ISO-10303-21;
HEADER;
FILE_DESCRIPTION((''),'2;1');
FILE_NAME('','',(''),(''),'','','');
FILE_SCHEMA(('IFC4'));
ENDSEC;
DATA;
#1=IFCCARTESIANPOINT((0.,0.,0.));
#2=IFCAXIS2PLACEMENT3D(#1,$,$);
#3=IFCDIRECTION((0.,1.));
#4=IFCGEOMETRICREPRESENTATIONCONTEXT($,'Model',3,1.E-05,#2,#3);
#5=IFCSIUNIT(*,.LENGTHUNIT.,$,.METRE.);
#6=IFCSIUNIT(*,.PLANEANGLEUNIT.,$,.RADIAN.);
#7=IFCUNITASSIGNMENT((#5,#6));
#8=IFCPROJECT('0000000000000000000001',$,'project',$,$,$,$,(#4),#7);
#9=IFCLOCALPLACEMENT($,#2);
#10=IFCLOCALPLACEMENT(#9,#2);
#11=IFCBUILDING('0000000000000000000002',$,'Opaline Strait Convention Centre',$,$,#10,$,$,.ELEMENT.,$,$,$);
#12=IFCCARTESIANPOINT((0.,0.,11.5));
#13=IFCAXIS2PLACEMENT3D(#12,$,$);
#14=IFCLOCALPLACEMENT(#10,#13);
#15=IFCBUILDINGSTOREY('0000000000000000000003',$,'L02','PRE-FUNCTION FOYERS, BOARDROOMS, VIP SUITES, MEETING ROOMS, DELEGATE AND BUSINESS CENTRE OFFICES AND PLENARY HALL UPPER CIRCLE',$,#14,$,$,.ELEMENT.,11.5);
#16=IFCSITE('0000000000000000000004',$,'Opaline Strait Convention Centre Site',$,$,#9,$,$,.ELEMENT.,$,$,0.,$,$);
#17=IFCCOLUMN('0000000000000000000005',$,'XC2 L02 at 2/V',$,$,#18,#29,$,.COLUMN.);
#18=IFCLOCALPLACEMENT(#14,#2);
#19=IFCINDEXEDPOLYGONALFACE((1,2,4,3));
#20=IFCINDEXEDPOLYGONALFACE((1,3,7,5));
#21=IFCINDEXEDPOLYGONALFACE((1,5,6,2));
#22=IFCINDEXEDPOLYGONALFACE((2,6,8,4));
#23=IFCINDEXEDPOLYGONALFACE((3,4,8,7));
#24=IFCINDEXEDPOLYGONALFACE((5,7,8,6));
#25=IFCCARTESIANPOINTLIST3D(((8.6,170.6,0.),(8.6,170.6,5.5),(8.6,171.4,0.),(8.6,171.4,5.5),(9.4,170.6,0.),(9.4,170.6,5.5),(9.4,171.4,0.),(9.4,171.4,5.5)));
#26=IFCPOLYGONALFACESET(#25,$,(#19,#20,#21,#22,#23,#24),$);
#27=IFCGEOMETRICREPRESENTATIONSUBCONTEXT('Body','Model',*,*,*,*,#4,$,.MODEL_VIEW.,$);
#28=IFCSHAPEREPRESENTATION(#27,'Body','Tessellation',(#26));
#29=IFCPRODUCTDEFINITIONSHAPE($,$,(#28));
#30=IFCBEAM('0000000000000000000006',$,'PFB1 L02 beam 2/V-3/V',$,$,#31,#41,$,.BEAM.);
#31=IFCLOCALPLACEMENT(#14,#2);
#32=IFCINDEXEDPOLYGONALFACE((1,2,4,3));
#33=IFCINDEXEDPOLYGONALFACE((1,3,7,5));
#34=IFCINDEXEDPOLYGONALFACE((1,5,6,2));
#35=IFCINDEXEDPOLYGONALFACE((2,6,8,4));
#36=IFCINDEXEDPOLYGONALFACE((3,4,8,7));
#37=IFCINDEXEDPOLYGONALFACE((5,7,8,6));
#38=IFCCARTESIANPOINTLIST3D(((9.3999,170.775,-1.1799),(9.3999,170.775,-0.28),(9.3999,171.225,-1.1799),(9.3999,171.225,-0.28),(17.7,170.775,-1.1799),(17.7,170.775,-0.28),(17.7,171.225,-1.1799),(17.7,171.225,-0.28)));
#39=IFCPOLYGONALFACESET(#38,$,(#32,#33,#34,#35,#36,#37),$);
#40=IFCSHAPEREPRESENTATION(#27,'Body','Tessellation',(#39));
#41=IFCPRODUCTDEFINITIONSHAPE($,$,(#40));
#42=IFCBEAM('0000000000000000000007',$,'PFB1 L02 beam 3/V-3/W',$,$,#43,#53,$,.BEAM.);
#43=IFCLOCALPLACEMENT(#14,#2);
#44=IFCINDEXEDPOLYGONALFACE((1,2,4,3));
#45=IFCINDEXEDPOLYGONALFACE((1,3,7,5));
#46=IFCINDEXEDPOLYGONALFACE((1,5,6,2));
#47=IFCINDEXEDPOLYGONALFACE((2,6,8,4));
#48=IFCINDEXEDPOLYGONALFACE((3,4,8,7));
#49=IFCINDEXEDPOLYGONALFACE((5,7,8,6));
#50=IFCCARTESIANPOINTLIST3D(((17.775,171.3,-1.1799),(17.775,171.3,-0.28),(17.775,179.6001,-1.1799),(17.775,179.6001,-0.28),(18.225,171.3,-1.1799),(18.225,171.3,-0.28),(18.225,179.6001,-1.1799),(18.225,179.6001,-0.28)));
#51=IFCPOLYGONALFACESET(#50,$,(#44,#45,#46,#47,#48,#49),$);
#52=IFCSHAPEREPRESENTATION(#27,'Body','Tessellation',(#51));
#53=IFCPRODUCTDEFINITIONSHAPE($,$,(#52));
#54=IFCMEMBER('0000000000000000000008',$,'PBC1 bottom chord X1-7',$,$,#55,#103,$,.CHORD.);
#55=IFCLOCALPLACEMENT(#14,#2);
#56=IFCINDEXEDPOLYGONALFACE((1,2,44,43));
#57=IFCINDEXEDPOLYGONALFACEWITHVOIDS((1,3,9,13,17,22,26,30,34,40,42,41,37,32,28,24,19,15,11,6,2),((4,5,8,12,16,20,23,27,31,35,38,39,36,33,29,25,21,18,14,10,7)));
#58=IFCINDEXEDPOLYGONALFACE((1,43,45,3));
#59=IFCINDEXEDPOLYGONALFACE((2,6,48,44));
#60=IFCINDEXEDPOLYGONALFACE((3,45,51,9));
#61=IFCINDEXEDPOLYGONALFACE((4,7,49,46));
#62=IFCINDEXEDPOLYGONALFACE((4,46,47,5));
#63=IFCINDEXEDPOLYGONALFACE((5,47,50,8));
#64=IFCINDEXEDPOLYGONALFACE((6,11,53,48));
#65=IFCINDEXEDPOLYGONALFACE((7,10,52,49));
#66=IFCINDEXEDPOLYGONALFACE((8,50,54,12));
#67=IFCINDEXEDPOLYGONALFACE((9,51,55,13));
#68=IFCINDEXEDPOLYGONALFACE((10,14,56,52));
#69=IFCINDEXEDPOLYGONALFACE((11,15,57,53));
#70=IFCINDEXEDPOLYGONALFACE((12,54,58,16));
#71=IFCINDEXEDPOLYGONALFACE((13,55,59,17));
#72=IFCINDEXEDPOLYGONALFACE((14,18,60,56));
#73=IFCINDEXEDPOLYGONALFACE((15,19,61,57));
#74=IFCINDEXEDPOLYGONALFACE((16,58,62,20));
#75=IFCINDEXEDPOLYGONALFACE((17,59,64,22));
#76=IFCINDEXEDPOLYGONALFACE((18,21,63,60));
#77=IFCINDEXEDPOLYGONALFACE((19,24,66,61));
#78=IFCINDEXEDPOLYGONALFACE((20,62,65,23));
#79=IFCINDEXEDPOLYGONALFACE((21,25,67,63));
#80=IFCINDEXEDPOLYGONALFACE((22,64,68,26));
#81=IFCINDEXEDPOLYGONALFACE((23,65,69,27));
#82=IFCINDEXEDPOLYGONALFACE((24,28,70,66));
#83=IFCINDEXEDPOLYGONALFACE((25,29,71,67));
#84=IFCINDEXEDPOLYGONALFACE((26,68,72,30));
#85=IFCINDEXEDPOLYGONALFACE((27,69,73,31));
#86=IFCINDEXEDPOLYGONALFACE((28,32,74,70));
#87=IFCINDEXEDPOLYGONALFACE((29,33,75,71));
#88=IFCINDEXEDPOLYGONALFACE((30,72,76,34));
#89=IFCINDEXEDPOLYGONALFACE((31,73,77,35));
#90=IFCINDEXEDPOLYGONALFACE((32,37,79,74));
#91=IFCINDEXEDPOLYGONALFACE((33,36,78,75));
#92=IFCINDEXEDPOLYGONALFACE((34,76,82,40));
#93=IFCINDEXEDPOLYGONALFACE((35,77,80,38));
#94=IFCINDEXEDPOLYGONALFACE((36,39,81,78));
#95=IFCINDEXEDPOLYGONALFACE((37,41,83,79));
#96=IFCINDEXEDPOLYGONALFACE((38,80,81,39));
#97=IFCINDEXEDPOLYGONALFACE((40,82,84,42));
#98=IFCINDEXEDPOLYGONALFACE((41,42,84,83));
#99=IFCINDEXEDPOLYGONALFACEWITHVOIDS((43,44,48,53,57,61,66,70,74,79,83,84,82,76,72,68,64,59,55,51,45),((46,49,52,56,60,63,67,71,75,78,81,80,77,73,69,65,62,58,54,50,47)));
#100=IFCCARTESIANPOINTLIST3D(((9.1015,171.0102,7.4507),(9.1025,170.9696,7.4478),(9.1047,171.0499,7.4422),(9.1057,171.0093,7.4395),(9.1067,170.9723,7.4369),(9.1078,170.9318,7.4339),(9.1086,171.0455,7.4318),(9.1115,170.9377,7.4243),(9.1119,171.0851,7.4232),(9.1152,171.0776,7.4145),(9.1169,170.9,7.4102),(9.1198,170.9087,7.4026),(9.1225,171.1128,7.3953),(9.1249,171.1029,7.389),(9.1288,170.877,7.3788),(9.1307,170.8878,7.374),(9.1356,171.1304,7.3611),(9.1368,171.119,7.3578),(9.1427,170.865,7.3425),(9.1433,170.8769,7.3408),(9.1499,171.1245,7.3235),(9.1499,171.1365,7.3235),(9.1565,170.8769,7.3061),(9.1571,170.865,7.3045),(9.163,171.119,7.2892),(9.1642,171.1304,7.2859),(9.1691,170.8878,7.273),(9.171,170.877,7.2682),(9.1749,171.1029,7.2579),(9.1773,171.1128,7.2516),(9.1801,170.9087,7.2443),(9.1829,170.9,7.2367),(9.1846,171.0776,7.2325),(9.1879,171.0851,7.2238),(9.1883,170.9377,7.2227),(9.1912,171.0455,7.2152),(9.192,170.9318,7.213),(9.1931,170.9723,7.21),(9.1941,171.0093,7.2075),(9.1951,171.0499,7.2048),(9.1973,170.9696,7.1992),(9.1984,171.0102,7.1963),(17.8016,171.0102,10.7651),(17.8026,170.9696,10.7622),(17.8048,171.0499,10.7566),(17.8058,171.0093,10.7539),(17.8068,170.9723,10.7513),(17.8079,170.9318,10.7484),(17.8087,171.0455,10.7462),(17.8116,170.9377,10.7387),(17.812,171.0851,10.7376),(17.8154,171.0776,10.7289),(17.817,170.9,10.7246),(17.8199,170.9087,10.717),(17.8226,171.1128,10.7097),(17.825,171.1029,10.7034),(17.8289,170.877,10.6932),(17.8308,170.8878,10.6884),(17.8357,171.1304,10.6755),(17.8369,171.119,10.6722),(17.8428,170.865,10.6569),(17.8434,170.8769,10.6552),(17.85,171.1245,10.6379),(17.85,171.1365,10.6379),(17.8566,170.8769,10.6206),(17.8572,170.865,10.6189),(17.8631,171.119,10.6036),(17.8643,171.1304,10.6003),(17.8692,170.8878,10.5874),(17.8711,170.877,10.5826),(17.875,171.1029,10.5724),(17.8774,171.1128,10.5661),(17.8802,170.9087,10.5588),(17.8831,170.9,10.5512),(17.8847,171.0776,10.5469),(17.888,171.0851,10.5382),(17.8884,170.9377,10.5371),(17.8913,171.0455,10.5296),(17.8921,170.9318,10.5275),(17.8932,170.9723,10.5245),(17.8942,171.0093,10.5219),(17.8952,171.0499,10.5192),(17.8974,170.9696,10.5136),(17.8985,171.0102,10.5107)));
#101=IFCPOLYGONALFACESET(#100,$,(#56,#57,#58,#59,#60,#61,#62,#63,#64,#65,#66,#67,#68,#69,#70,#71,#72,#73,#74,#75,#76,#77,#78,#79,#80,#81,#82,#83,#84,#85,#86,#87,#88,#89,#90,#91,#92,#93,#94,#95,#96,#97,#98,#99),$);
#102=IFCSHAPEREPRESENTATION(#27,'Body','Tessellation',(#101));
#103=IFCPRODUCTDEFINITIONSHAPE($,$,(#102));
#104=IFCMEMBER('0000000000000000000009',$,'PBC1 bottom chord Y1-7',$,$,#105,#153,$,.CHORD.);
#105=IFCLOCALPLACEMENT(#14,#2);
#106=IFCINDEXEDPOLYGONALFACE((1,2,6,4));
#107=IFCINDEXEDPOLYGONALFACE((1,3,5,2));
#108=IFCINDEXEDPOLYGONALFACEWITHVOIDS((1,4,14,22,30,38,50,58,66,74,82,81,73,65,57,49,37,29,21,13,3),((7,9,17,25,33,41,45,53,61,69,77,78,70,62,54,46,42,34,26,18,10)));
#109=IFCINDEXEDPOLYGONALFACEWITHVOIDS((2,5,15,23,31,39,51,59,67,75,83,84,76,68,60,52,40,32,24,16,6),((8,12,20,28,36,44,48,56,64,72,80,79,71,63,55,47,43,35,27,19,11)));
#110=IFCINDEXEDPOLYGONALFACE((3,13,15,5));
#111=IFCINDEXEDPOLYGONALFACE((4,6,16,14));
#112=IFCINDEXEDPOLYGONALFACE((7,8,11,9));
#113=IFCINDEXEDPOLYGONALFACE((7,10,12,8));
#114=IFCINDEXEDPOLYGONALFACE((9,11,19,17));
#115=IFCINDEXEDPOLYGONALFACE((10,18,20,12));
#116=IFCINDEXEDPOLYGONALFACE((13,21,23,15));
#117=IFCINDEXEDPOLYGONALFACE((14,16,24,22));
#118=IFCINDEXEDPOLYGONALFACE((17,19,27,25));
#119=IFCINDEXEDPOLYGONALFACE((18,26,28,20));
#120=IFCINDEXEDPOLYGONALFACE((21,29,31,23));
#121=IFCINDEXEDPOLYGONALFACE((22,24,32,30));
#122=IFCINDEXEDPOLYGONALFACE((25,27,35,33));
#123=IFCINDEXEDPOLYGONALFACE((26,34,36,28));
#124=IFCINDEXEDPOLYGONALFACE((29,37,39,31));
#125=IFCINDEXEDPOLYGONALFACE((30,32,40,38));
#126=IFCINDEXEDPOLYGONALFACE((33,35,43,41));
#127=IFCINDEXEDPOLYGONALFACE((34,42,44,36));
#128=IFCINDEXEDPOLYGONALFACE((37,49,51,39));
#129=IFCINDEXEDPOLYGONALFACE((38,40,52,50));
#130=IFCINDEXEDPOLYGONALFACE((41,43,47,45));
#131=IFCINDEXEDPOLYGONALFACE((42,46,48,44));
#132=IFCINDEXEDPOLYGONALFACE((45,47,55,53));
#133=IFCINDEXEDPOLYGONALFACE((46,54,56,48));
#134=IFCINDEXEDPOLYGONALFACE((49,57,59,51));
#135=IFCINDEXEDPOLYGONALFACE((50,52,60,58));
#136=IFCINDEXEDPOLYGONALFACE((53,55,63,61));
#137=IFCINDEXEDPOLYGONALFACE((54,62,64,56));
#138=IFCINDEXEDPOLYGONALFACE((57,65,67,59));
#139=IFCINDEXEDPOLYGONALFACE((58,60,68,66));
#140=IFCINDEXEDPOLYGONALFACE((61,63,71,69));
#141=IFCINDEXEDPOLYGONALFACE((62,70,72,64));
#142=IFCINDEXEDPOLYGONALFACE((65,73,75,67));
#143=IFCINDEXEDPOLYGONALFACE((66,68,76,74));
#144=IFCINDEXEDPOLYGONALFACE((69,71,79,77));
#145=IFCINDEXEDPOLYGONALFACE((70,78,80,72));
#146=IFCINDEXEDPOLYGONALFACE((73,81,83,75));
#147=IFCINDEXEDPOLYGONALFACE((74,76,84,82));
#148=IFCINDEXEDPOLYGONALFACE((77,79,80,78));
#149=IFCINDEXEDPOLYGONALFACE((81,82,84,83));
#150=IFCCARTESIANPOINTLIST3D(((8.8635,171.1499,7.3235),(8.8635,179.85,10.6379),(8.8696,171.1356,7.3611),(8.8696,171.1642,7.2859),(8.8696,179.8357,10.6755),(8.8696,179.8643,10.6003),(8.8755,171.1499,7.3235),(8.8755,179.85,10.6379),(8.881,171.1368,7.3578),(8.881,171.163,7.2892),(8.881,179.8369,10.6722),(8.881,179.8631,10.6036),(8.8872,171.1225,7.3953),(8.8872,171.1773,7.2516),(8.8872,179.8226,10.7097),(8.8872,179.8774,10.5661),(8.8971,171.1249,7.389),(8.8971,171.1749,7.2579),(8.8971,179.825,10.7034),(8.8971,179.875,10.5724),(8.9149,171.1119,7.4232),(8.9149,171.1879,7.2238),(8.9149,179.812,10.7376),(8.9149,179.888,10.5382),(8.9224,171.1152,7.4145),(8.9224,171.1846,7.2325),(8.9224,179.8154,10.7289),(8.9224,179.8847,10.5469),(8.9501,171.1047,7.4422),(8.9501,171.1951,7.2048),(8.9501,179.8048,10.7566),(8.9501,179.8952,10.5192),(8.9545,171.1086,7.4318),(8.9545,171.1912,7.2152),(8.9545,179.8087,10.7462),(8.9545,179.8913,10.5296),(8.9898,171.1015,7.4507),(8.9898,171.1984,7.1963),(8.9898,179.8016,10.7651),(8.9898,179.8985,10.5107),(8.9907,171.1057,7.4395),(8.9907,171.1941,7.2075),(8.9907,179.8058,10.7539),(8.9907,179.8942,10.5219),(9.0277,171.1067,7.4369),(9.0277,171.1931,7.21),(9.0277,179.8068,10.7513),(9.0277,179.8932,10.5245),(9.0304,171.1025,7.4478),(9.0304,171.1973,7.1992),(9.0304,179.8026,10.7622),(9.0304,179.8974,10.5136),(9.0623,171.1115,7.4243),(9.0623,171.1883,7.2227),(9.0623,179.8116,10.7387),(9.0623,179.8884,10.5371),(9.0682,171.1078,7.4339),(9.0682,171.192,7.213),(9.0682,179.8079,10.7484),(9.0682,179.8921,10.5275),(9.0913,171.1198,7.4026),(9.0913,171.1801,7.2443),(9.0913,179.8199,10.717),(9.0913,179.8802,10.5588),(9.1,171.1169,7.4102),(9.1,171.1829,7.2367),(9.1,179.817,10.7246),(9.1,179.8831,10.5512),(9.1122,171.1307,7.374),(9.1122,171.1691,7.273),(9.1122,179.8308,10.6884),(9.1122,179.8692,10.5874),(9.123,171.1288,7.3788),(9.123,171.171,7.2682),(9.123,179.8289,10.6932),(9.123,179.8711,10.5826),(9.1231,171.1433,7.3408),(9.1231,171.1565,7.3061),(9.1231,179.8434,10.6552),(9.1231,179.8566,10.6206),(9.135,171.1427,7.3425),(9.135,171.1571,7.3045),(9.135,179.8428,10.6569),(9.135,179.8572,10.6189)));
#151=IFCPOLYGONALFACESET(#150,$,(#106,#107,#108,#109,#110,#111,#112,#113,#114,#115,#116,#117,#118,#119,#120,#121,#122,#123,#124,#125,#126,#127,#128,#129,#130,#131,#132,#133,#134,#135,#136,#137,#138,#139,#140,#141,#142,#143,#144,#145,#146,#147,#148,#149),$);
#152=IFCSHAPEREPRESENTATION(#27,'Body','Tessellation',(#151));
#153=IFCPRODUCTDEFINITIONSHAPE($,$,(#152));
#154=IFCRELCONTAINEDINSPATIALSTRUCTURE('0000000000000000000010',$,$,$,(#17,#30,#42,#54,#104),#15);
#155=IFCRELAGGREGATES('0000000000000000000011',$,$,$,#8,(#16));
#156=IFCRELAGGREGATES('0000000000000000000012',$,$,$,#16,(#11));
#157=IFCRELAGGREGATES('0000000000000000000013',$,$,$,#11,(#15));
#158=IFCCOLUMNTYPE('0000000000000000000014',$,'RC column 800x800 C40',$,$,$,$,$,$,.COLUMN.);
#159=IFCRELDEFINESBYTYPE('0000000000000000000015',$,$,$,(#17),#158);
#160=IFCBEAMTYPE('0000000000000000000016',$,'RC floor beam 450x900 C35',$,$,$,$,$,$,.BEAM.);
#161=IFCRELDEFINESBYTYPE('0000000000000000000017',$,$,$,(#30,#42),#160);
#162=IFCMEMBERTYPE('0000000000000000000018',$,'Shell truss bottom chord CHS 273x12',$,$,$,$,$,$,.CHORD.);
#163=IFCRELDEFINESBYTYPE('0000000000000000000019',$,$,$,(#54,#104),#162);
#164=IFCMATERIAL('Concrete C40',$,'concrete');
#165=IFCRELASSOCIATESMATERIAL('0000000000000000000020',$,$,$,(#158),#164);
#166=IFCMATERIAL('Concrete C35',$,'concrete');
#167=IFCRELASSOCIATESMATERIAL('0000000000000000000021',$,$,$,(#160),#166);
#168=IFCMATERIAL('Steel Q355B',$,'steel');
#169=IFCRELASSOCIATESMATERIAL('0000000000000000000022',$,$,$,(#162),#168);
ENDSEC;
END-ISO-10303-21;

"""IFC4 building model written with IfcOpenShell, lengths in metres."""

from ifc_helpers import new_model, si_unit, direction, frame, origin, origin_2d, place, context, subcontext, project, spatial, rectangle, hollow_circle, extrude, material, material_profile, profile_set, type_object, element, save


model = new_model("IFC4")

# Units and contexts
model_context = context("Model", 3, precision=1e-05, world=origin(), true_north=direction((0.0, 1.0)))
body_context = subcontext(model_context, "Body", "Model", "MODEL_VIEW")
ifc_project = project(units=[si_unit("LENGTHUNIT", "METRE"), si_unit("PLANEANGLEUNIT", "RADIAN")], contexts=[model_context])

# Site, building, storey
site_placement = place(None, origin())
site = spatial("IfcSite", under=ifc_project, at=site_placement, Name="Opaline Strait Convention Centre Site", CompositionType="ELEMENT", RefElevation=0.0)
building_placement = place(site_placement, origin())
building = spatial("IfcBuilding", under=site, at=building_placement, Name="Opaline Strait Convention Centre", CompositionType="ELEMENT")
storey_placement = place(building_placement, frame((0.0, 0.0, 11.5)))
storey = spatial("IfcBuildingStorey", under=building, at=storey_placement, Name="L02", Description="PRE-FUNCTION FOYERS, BOARDROOMS, VIP SUITES, MEETING ROOMS, DELEGATE AND BUSINESS CENTRE OFFICES AND PLENARY HALL UPPER CIRCLE", CompositionType="ELEMENT", Elevation=11.5)

# Column
ifc_material_1 = material(Name="Concrete C40", Category="concrete")
ifc_material_profile_1 = material_profile(ifc_material_1, rectangle(XDim=0.8, YDim=0.8, at=origin_2d()), Name="RC 800x800")
ifc_profile_set_1 = profile_set([ifc_material_profile_1], Name="Concrete C40")
column_type = type_object("IfcColumnType", Name="RC column 800x800 C40", PredefinedType="COLUMN", material=ifc_profile_set_1)
column_placement = place(storey_placement, frame((9.0, 171.0, 0.0), z_axis=(0.0, 0.0, 1.0), x_axis=(1.0, 0.0, 0.0)))
element("IfcColumn", 1, at=column_placement, inside=storey, type_object=column_type, Name="XC2 L02 at 2/V", PredefinedType="COLUMN", context=body_context, shape_type="SweptSolid", body=[
    extrude(rectangle(XDim=0.8, YDim=0.8, at=origin_2d()), origin(), (0.0, 0.0, 1.0), 5.5),
])

# Beams
ifc_material_2 = material(Name="Concrete C35", Category="concrete")
ifc_material_profile_2 = material_profile(ifc_material_2, rectangle(XDim=0.45, YDim=0.8999, at=origin_2d()), Name="RC 450x900")
ifc_profile_set_2 = profile_set([ifc_material_profile_2], Name="Concrete C35")
beam_type = type_object("IfcBeamType", Name="RC floor beam 450x900 C35", PredefinedType="BEAM", material=ifc_profile_set_2)
for number, where, z_axis, x_axis, name in (
    (2, (9.3999, 171.0, -0.73), (1.0, 0.0, 0.0), (0.0, 1.0, 0.0), "PFB1 L02 beam 2/V-3/V"),
    (3, (18.0, 171.3, -0.73), (0.0, 1.0, 0.0), (-1.0, 0.0, 0.0), "PFB1 L02 beam 3/V-3/W"),
):
    element("IfcBeam", number, at=place(storey_placement, frame(where, z_axis=z_axis, x_axis=x_axis)), inside=storey, type_object=beam_type, Name=name, PredefinedType="BEAM", context=body_context, shape_type="SweptSolid", body=[
        extrude(rectangle(XDim=0.45, YDim=0.8999, at=origin_2d()), origin(), (0.0, 0.0, 1.0), 8.3),
    ])

# Members
ifc_material_3 = material(Name="Steel Q355B", Category="steel")
ifc_material_profile_3 = material_profile(ifc_material_3, hollow_circle(Radius=0.1365, WallThickness=0.012, at=origin_2d()), Name="CHS 273x12")
ifc_profile_set_3 = profile_set([ifc_material_profile_3], Name="Steel Q355B")
member_type_1 = type_object("IfcMemberType", Name="Shell truss bottom chord CHS 273x12", PredefinedType="CHORD", material=ifc_profile_set_3)
for number, where, z_axis, x_axis, name in (
    (4, (9.1499, 171.0, 7.3235), (0.934484, 0.0, 0.356004), (0.0, 1.0, 0.0), "PBC1 bottom chord X1-7"),
    (5, (9.0, 171.1499, 7.3235), (0.0, 0.934484, 0.356004), (-1.0, 0.0, 0.0), "PBC1 bottom chord Y1-7"),
):
    element("IfcMember", number, at=place(storey_placement, frame(where, z_axis=z_axis, x_axis=x_axis)), inside=storey, type_object=member_type_1, Name=name, PredefinedType="CHORD", context=body_context, shape_type="SweptSolid", body=[
        extrude(hollow_circle(Radius=0.1365, WallThickness=0.012, at=origin_2d()), origin(), (0.0, 0.0, 1.0), 9.3101),
    ])

save(model, "model.ifc")
